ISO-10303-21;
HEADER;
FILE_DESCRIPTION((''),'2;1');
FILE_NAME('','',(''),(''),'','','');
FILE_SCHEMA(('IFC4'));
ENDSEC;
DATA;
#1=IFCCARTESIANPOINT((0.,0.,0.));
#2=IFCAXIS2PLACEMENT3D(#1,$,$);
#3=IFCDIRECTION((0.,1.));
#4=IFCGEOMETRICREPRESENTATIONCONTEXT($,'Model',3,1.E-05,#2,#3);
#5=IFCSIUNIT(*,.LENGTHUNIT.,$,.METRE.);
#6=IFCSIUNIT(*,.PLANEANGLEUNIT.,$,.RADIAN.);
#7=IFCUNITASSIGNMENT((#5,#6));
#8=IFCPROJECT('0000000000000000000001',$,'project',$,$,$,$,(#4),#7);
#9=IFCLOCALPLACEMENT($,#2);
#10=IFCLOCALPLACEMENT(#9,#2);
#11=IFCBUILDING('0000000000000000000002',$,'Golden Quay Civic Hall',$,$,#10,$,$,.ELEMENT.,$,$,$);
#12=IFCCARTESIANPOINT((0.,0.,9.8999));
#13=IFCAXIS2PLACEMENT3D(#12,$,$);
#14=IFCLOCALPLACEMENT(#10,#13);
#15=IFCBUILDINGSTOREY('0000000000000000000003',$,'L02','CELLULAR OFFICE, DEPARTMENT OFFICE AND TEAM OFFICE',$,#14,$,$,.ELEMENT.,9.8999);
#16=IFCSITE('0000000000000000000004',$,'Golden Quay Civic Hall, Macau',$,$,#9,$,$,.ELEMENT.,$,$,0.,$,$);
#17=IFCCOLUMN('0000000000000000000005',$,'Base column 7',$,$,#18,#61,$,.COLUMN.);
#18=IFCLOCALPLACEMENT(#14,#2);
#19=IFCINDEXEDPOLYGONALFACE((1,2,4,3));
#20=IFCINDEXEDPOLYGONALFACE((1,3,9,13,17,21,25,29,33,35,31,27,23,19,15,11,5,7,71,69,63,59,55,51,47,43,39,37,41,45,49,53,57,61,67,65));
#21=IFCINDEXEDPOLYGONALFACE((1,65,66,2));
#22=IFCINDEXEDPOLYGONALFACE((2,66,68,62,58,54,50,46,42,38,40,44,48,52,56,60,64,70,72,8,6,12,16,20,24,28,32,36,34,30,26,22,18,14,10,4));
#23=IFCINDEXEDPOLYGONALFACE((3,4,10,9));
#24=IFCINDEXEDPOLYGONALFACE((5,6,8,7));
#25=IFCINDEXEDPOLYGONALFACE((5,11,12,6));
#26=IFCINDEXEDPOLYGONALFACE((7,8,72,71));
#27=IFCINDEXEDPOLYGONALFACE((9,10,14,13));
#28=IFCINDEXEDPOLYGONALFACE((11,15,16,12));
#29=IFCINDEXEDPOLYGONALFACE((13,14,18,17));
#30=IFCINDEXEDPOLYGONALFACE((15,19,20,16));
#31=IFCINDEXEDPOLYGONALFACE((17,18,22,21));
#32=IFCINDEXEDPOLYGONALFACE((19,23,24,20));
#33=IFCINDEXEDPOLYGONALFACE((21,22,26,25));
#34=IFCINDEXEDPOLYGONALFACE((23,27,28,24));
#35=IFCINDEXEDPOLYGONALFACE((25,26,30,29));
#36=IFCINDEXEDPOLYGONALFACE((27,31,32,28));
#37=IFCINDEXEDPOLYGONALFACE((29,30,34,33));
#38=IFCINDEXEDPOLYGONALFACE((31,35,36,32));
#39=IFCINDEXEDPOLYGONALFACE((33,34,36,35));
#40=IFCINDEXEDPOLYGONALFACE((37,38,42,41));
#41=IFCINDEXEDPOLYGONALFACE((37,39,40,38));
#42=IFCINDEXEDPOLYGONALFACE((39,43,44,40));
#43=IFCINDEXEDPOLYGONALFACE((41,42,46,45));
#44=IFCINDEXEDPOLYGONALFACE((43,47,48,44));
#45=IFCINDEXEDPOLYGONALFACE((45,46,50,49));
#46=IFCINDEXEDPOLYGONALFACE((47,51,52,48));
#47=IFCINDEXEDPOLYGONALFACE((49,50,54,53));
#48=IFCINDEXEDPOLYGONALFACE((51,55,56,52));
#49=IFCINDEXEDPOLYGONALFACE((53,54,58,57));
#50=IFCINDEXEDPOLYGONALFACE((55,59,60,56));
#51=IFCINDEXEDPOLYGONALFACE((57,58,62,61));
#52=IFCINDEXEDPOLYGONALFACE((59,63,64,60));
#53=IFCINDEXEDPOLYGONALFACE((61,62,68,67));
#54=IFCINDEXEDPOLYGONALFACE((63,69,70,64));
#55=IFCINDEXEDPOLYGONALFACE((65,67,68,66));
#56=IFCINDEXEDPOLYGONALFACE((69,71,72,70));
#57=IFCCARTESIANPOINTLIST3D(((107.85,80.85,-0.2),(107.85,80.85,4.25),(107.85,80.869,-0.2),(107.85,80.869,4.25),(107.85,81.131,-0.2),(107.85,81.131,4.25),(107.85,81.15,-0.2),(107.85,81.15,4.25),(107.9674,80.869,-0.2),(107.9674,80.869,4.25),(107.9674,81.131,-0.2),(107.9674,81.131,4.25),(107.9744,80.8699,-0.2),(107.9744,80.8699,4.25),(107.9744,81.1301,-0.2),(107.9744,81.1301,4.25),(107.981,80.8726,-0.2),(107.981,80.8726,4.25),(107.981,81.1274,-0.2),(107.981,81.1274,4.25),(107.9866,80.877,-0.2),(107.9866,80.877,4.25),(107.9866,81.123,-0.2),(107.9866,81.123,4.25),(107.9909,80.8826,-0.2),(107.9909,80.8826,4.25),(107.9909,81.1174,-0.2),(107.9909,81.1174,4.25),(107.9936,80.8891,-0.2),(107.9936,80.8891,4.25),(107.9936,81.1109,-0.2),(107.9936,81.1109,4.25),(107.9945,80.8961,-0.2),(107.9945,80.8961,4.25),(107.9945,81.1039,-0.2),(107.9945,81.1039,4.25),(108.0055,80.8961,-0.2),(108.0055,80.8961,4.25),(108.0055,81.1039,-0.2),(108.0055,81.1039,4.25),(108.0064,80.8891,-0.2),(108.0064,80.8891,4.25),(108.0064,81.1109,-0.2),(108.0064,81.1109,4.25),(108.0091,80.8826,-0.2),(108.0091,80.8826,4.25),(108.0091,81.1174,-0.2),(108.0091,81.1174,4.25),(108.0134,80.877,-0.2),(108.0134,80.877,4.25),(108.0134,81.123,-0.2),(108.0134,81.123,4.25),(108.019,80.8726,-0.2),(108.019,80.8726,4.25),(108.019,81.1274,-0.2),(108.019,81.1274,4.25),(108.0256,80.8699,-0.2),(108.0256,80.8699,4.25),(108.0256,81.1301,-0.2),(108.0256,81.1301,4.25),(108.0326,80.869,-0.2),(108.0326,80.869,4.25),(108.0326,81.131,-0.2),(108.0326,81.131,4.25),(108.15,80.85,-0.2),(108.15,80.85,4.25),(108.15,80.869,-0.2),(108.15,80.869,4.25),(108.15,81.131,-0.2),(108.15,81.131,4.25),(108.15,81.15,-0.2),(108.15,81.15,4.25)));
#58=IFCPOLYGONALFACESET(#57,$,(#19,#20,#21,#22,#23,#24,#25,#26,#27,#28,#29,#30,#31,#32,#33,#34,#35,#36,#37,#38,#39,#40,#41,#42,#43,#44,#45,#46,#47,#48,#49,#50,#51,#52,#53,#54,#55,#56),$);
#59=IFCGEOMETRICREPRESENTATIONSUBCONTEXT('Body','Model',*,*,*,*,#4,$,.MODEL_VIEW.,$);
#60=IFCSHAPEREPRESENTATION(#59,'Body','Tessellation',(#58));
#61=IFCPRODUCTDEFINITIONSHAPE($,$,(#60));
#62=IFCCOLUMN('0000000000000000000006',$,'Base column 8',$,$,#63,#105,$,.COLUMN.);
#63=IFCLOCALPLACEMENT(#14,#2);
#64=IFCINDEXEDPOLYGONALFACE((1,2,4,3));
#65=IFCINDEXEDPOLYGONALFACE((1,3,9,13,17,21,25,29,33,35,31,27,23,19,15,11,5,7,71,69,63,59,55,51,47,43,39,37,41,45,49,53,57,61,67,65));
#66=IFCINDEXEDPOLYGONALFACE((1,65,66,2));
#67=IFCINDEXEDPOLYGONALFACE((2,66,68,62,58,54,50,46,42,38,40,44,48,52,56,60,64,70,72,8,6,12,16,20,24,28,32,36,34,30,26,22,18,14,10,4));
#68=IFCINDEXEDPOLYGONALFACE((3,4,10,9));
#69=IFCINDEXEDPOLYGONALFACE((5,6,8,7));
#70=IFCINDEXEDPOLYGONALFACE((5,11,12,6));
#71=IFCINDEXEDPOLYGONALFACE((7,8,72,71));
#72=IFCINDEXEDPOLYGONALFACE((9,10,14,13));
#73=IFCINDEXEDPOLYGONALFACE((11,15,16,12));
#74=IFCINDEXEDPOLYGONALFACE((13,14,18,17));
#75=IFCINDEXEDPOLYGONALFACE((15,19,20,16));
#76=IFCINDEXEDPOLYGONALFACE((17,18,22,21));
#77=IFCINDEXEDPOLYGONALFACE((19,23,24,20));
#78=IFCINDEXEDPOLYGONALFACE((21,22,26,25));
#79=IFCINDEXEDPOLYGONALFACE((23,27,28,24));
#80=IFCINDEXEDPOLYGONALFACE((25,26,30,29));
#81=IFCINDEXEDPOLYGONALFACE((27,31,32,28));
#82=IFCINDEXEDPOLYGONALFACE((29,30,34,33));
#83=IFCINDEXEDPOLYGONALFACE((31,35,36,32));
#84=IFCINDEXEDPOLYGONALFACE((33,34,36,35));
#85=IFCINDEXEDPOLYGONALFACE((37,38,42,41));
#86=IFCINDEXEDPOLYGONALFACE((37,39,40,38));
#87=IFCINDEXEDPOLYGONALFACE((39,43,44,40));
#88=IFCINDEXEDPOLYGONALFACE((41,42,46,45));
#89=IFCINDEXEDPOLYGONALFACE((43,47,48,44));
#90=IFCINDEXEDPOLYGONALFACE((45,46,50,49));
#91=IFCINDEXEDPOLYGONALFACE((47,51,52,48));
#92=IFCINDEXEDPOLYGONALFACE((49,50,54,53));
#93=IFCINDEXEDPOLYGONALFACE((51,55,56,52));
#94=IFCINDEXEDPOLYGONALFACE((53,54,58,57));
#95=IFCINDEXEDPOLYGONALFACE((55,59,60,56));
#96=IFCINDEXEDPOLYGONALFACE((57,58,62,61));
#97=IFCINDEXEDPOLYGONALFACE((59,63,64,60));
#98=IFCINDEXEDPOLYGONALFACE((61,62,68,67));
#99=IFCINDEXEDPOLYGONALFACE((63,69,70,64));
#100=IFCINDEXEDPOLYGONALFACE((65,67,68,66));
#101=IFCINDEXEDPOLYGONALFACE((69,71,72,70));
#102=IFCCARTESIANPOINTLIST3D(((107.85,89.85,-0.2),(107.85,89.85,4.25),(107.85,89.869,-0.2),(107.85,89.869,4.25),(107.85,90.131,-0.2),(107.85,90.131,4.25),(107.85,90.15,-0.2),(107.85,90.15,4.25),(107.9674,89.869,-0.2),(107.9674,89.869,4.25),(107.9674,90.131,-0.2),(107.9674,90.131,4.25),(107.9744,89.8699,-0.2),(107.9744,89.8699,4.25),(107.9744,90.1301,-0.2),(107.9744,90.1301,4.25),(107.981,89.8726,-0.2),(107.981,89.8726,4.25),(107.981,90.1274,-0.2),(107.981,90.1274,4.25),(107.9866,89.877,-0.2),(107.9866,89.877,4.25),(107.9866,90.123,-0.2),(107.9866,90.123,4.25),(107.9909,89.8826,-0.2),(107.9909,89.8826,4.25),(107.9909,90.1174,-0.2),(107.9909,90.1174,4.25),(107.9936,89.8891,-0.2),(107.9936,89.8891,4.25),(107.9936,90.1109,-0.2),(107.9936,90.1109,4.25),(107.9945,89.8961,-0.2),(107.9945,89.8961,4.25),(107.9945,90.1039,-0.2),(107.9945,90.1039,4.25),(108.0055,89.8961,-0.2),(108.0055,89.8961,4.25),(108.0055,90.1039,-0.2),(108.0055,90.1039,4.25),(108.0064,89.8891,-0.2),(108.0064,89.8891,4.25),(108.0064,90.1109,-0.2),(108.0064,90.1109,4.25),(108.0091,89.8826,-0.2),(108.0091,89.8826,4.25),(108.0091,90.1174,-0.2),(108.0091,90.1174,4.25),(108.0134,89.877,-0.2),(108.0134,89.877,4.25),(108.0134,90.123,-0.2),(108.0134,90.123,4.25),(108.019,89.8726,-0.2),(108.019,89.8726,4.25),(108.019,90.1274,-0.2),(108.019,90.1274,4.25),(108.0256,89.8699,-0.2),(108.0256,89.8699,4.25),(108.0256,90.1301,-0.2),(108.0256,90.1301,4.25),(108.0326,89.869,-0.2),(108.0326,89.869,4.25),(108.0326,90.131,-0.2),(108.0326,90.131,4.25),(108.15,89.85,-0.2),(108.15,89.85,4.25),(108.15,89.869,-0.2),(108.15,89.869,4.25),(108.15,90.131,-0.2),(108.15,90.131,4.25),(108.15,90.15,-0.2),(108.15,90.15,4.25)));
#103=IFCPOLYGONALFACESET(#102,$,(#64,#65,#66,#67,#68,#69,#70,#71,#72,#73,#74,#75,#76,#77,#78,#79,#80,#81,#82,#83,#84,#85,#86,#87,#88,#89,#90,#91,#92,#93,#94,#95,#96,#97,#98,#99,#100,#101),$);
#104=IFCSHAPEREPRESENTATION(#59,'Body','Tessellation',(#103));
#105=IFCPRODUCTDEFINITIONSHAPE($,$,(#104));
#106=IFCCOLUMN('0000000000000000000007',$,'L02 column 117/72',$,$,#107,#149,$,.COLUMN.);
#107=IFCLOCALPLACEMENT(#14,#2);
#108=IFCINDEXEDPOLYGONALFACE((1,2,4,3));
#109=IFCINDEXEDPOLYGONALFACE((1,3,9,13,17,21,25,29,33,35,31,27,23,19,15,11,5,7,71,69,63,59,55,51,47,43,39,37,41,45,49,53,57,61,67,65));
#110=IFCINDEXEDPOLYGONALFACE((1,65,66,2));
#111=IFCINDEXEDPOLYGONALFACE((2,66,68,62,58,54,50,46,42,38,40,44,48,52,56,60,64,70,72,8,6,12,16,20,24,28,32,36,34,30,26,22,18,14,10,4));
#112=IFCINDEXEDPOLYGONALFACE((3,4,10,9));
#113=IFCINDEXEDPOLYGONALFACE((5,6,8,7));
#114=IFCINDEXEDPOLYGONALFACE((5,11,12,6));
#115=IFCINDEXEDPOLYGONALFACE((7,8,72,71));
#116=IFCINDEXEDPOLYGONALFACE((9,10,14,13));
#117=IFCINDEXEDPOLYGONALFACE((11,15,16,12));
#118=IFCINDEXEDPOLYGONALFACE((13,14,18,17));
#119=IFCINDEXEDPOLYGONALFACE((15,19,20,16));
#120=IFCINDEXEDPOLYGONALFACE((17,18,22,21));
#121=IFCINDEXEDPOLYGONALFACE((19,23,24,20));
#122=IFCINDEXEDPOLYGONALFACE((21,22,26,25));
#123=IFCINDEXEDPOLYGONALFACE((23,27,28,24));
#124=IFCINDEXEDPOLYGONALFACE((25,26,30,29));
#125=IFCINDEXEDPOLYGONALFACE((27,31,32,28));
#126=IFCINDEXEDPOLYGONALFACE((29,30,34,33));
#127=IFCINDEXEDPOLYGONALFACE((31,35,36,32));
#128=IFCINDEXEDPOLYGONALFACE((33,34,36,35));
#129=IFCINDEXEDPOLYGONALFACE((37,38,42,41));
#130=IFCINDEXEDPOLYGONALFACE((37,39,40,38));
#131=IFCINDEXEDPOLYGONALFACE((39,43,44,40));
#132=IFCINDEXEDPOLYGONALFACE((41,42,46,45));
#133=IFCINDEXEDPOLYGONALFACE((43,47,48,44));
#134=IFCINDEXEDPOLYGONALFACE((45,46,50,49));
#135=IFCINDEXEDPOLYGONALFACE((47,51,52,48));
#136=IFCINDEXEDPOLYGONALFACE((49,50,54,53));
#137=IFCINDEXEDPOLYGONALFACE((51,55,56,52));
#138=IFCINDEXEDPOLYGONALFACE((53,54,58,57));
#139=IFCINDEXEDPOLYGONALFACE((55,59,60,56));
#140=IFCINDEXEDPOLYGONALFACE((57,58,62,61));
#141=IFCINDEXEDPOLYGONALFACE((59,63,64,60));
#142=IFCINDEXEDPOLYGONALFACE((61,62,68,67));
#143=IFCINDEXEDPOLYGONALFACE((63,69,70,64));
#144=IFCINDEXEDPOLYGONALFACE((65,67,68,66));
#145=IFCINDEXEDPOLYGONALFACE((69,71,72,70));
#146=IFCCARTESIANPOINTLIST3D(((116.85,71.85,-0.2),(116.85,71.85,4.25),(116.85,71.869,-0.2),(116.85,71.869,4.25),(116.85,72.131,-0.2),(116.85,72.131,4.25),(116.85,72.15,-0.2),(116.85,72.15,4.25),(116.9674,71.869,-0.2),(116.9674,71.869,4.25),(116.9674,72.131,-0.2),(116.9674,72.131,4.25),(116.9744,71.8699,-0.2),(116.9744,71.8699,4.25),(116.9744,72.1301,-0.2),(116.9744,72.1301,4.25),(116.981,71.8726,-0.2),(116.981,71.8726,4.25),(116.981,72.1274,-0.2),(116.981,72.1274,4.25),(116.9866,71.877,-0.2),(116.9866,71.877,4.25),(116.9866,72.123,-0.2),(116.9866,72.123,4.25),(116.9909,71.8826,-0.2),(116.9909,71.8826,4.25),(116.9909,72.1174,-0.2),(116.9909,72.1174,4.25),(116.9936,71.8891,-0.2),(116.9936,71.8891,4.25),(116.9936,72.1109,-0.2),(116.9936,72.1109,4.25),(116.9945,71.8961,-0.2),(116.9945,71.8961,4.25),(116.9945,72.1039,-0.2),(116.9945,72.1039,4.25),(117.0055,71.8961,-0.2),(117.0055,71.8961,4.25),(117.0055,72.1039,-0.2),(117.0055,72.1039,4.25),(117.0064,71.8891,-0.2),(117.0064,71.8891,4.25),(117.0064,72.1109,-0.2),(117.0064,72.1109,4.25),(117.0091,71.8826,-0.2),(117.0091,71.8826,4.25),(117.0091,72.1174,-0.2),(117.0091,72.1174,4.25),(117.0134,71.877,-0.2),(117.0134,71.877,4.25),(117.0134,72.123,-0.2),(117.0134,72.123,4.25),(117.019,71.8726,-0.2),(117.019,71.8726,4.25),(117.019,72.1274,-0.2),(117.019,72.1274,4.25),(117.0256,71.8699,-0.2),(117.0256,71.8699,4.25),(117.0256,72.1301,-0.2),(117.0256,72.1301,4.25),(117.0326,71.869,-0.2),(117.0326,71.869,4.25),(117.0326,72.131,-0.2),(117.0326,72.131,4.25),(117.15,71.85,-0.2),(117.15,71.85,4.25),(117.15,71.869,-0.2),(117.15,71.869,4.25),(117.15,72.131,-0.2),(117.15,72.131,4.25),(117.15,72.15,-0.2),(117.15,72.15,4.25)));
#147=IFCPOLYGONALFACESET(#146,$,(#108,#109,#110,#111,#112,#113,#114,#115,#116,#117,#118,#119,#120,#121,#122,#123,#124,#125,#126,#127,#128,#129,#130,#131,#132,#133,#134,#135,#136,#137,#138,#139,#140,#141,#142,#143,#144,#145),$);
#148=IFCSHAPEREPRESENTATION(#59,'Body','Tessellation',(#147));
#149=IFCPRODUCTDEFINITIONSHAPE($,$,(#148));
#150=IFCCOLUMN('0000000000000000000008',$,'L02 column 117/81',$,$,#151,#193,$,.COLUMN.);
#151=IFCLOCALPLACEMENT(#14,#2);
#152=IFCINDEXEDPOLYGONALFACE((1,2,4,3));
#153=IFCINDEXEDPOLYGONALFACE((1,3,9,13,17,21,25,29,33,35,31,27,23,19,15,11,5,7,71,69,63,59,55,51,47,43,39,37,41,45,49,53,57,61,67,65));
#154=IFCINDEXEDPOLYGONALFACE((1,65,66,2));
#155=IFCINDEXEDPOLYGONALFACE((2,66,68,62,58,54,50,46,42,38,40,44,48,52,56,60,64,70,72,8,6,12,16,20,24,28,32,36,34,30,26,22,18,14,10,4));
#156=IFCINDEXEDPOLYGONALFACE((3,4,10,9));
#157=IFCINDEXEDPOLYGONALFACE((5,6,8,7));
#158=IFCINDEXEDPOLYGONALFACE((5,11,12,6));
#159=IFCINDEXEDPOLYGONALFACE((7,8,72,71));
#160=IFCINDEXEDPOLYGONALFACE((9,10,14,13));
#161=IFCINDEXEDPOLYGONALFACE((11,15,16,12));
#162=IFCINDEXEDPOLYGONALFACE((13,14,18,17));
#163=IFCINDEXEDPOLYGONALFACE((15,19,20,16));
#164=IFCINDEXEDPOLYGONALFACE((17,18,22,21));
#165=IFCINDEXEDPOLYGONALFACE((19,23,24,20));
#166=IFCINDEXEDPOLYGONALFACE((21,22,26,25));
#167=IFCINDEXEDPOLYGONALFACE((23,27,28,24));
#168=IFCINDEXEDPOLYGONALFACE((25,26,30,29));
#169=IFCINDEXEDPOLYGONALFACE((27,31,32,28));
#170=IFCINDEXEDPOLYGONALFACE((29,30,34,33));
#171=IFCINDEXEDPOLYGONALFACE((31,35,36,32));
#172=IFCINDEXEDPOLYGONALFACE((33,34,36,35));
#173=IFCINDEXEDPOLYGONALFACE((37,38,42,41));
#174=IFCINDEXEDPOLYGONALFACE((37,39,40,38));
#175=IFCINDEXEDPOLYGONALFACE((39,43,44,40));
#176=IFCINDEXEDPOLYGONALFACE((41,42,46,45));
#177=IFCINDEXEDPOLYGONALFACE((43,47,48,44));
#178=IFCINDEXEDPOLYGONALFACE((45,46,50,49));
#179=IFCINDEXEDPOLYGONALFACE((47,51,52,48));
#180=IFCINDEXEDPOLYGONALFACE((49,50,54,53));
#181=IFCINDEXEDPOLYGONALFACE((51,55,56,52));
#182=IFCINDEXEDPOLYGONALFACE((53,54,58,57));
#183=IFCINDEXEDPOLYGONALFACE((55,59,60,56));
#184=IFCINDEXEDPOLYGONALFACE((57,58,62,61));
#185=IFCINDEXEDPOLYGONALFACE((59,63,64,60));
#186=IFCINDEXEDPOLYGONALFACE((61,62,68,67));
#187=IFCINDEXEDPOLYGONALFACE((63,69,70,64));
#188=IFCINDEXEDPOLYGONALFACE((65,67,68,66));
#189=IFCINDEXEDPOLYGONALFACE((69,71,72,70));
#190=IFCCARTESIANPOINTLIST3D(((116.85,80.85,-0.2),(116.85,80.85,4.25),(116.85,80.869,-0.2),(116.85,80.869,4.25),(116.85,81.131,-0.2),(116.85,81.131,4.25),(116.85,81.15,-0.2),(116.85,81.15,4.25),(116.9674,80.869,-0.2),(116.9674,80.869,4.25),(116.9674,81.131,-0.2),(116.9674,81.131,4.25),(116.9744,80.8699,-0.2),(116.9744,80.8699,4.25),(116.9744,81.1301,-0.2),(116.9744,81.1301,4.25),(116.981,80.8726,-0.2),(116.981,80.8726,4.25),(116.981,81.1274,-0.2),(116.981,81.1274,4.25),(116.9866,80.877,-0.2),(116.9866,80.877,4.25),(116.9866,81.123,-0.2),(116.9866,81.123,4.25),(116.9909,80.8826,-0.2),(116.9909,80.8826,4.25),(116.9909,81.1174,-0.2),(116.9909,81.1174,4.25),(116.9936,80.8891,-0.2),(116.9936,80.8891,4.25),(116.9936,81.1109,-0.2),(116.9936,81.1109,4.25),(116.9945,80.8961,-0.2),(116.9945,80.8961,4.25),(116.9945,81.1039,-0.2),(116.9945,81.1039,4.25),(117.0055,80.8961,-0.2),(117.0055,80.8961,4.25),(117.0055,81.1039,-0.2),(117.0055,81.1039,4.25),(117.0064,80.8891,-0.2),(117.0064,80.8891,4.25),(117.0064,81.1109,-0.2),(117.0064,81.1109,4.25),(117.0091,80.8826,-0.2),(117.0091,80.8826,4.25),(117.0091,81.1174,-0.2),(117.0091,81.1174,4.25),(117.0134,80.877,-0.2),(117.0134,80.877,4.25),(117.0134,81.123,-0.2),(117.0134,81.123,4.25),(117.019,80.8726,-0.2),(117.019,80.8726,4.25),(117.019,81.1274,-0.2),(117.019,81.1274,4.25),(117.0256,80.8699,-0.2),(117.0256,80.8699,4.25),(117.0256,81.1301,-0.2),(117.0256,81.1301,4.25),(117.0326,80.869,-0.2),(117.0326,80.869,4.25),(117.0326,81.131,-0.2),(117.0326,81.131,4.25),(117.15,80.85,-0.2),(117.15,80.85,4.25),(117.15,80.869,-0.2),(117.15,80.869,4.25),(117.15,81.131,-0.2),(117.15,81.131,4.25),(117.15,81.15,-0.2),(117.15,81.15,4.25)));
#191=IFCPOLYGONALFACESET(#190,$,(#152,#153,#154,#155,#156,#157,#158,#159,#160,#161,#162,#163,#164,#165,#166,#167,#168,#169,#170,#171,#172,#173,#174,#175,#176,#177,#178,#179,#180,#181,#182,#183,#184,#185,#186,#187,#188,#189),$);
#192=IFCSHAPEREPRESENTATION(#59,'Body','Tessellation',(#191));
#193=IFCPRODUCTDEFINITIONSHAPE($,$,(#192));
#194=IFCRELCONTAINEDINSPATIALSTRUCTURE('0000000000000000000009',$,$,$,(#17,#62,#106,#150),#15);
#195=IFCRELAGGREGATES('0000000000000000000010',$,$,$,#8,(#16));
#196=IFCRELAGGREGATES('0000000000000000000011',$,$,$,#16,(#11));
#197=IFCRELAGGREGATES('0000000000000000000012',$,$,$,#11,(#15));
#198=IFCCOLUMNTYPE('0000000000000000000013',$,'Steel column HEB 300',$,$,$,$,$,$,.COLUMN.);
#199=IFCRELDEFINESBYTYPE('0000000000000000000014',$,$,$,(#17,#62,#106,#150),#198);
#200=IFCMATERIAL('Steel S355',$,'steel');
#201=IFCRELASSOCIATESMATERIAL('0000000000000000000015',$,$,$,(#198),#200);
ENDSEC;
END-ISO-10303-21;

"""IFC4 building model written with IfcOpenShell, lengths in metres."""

from ifc_helpers import new_model, si_unit, direction, frame, origin, origin_2d, place, context, subcontext, project, spatial, i_section, extrude, material, material_profile, profile_set, type_object, element, save


model = new_model("IFC4")

# Units and contexts
model_context = context("Model", 3, precision=1e-05, world=origin(), true_north=direction((0.0, 1.0)))
body_context = subcontext(model_context, "Body", "Model", "MODEL_VIEW")
ifc_project = project(units=[si_unit("LENGTHUNIT", "METRE"), si_unit("PLANEANGLEUNIT", "RADIAN")], contexts=[model_context])

# Site, building, storey
site_placement = place(None, origin())
site = spatial("IfcSite", under=ifc_project, at=site_placement, Name="Golden Quay Civic Hall, Macau", CompositionType="ELEMENT", RefElevation=0.0)
building_placement = place(site_placement, origin())
building = spatial("IfcBuilding", under=site, at=building_placement, Name="Golden Quay Civic Hall", CompositionType="ELEMENT")
storey_placement = place(building_placement, frame((0.0, 0.0, 9.8999)))
storey = spatial("IfcBuildingStorey", under=building, at=storey_placement, Name="L02", Description="CELLULAR OFFICE, DEPARTMENT OFFICE AND TEAM OFFICE", CompositionType="ELEMENT", Elevation=9.8999)

# Columns
ifc_material_1 = material(Name="Steel S355", Category="steel")
ifc_material_profile_1 = material_profile(ifc_material_1, i_section(OverallWidth=0.3, OverallDepth=0.3, WebThickness=0.011, FlangeThickness=0.019, FilletRadius=0.0271, at=origin_2d()), Name="HEB 300")
ifc_profile_set_1 = profile_set([ifc_material_profile_1], Name="Steel S355")
column_type = type_object("IfcColumnType", Name="Steel column HEB 300", PredefinedType="COLUMN", material=ifc_profile_set_1)
for number, where, z_axis, x_axis, name in (
    (1, (108.0, 81.0, -0.2), (0.0, 0.0, 1.0), (1.0, 0.0, 0.0), "Base column 7"),
    (2, (108.0, 90.0, -0.2), (0.0, 0.0, 1.0), (1.0, 0.0, 0.0), "Base column 8"),
    (3, (117.0, 72.0, -0.2), (0.0, 0.0, 1.0), (1.0, 0.0, 0.0), "L02 column 117/72"),
    (4, (117.0, 81.0, -0.2), (0.0, 0.0, 1.0), (1.0, 0.0, 0.0), "L02 column 117/81"),
):
    element("IfcColumn", number, at=place(storey_placement, frame(where, z_axis=z_axis, x_axis=x_axis)), inside=storey, type_object=column_type, Name=name, PredefinedType="COLUMN", context=body_context, shape_type="SweptSolid", body=[
        extrude(i_section(OverallWidth=0.3, OverallDepth=0.3, WebThickness=0.011, FlangeThickness=0.019, FilletRadius=0.0271, at=origin_2d()), origin(), (0.0, 0.0, 1.0), 4.45),
    ])

save(model, "model.ifc")
